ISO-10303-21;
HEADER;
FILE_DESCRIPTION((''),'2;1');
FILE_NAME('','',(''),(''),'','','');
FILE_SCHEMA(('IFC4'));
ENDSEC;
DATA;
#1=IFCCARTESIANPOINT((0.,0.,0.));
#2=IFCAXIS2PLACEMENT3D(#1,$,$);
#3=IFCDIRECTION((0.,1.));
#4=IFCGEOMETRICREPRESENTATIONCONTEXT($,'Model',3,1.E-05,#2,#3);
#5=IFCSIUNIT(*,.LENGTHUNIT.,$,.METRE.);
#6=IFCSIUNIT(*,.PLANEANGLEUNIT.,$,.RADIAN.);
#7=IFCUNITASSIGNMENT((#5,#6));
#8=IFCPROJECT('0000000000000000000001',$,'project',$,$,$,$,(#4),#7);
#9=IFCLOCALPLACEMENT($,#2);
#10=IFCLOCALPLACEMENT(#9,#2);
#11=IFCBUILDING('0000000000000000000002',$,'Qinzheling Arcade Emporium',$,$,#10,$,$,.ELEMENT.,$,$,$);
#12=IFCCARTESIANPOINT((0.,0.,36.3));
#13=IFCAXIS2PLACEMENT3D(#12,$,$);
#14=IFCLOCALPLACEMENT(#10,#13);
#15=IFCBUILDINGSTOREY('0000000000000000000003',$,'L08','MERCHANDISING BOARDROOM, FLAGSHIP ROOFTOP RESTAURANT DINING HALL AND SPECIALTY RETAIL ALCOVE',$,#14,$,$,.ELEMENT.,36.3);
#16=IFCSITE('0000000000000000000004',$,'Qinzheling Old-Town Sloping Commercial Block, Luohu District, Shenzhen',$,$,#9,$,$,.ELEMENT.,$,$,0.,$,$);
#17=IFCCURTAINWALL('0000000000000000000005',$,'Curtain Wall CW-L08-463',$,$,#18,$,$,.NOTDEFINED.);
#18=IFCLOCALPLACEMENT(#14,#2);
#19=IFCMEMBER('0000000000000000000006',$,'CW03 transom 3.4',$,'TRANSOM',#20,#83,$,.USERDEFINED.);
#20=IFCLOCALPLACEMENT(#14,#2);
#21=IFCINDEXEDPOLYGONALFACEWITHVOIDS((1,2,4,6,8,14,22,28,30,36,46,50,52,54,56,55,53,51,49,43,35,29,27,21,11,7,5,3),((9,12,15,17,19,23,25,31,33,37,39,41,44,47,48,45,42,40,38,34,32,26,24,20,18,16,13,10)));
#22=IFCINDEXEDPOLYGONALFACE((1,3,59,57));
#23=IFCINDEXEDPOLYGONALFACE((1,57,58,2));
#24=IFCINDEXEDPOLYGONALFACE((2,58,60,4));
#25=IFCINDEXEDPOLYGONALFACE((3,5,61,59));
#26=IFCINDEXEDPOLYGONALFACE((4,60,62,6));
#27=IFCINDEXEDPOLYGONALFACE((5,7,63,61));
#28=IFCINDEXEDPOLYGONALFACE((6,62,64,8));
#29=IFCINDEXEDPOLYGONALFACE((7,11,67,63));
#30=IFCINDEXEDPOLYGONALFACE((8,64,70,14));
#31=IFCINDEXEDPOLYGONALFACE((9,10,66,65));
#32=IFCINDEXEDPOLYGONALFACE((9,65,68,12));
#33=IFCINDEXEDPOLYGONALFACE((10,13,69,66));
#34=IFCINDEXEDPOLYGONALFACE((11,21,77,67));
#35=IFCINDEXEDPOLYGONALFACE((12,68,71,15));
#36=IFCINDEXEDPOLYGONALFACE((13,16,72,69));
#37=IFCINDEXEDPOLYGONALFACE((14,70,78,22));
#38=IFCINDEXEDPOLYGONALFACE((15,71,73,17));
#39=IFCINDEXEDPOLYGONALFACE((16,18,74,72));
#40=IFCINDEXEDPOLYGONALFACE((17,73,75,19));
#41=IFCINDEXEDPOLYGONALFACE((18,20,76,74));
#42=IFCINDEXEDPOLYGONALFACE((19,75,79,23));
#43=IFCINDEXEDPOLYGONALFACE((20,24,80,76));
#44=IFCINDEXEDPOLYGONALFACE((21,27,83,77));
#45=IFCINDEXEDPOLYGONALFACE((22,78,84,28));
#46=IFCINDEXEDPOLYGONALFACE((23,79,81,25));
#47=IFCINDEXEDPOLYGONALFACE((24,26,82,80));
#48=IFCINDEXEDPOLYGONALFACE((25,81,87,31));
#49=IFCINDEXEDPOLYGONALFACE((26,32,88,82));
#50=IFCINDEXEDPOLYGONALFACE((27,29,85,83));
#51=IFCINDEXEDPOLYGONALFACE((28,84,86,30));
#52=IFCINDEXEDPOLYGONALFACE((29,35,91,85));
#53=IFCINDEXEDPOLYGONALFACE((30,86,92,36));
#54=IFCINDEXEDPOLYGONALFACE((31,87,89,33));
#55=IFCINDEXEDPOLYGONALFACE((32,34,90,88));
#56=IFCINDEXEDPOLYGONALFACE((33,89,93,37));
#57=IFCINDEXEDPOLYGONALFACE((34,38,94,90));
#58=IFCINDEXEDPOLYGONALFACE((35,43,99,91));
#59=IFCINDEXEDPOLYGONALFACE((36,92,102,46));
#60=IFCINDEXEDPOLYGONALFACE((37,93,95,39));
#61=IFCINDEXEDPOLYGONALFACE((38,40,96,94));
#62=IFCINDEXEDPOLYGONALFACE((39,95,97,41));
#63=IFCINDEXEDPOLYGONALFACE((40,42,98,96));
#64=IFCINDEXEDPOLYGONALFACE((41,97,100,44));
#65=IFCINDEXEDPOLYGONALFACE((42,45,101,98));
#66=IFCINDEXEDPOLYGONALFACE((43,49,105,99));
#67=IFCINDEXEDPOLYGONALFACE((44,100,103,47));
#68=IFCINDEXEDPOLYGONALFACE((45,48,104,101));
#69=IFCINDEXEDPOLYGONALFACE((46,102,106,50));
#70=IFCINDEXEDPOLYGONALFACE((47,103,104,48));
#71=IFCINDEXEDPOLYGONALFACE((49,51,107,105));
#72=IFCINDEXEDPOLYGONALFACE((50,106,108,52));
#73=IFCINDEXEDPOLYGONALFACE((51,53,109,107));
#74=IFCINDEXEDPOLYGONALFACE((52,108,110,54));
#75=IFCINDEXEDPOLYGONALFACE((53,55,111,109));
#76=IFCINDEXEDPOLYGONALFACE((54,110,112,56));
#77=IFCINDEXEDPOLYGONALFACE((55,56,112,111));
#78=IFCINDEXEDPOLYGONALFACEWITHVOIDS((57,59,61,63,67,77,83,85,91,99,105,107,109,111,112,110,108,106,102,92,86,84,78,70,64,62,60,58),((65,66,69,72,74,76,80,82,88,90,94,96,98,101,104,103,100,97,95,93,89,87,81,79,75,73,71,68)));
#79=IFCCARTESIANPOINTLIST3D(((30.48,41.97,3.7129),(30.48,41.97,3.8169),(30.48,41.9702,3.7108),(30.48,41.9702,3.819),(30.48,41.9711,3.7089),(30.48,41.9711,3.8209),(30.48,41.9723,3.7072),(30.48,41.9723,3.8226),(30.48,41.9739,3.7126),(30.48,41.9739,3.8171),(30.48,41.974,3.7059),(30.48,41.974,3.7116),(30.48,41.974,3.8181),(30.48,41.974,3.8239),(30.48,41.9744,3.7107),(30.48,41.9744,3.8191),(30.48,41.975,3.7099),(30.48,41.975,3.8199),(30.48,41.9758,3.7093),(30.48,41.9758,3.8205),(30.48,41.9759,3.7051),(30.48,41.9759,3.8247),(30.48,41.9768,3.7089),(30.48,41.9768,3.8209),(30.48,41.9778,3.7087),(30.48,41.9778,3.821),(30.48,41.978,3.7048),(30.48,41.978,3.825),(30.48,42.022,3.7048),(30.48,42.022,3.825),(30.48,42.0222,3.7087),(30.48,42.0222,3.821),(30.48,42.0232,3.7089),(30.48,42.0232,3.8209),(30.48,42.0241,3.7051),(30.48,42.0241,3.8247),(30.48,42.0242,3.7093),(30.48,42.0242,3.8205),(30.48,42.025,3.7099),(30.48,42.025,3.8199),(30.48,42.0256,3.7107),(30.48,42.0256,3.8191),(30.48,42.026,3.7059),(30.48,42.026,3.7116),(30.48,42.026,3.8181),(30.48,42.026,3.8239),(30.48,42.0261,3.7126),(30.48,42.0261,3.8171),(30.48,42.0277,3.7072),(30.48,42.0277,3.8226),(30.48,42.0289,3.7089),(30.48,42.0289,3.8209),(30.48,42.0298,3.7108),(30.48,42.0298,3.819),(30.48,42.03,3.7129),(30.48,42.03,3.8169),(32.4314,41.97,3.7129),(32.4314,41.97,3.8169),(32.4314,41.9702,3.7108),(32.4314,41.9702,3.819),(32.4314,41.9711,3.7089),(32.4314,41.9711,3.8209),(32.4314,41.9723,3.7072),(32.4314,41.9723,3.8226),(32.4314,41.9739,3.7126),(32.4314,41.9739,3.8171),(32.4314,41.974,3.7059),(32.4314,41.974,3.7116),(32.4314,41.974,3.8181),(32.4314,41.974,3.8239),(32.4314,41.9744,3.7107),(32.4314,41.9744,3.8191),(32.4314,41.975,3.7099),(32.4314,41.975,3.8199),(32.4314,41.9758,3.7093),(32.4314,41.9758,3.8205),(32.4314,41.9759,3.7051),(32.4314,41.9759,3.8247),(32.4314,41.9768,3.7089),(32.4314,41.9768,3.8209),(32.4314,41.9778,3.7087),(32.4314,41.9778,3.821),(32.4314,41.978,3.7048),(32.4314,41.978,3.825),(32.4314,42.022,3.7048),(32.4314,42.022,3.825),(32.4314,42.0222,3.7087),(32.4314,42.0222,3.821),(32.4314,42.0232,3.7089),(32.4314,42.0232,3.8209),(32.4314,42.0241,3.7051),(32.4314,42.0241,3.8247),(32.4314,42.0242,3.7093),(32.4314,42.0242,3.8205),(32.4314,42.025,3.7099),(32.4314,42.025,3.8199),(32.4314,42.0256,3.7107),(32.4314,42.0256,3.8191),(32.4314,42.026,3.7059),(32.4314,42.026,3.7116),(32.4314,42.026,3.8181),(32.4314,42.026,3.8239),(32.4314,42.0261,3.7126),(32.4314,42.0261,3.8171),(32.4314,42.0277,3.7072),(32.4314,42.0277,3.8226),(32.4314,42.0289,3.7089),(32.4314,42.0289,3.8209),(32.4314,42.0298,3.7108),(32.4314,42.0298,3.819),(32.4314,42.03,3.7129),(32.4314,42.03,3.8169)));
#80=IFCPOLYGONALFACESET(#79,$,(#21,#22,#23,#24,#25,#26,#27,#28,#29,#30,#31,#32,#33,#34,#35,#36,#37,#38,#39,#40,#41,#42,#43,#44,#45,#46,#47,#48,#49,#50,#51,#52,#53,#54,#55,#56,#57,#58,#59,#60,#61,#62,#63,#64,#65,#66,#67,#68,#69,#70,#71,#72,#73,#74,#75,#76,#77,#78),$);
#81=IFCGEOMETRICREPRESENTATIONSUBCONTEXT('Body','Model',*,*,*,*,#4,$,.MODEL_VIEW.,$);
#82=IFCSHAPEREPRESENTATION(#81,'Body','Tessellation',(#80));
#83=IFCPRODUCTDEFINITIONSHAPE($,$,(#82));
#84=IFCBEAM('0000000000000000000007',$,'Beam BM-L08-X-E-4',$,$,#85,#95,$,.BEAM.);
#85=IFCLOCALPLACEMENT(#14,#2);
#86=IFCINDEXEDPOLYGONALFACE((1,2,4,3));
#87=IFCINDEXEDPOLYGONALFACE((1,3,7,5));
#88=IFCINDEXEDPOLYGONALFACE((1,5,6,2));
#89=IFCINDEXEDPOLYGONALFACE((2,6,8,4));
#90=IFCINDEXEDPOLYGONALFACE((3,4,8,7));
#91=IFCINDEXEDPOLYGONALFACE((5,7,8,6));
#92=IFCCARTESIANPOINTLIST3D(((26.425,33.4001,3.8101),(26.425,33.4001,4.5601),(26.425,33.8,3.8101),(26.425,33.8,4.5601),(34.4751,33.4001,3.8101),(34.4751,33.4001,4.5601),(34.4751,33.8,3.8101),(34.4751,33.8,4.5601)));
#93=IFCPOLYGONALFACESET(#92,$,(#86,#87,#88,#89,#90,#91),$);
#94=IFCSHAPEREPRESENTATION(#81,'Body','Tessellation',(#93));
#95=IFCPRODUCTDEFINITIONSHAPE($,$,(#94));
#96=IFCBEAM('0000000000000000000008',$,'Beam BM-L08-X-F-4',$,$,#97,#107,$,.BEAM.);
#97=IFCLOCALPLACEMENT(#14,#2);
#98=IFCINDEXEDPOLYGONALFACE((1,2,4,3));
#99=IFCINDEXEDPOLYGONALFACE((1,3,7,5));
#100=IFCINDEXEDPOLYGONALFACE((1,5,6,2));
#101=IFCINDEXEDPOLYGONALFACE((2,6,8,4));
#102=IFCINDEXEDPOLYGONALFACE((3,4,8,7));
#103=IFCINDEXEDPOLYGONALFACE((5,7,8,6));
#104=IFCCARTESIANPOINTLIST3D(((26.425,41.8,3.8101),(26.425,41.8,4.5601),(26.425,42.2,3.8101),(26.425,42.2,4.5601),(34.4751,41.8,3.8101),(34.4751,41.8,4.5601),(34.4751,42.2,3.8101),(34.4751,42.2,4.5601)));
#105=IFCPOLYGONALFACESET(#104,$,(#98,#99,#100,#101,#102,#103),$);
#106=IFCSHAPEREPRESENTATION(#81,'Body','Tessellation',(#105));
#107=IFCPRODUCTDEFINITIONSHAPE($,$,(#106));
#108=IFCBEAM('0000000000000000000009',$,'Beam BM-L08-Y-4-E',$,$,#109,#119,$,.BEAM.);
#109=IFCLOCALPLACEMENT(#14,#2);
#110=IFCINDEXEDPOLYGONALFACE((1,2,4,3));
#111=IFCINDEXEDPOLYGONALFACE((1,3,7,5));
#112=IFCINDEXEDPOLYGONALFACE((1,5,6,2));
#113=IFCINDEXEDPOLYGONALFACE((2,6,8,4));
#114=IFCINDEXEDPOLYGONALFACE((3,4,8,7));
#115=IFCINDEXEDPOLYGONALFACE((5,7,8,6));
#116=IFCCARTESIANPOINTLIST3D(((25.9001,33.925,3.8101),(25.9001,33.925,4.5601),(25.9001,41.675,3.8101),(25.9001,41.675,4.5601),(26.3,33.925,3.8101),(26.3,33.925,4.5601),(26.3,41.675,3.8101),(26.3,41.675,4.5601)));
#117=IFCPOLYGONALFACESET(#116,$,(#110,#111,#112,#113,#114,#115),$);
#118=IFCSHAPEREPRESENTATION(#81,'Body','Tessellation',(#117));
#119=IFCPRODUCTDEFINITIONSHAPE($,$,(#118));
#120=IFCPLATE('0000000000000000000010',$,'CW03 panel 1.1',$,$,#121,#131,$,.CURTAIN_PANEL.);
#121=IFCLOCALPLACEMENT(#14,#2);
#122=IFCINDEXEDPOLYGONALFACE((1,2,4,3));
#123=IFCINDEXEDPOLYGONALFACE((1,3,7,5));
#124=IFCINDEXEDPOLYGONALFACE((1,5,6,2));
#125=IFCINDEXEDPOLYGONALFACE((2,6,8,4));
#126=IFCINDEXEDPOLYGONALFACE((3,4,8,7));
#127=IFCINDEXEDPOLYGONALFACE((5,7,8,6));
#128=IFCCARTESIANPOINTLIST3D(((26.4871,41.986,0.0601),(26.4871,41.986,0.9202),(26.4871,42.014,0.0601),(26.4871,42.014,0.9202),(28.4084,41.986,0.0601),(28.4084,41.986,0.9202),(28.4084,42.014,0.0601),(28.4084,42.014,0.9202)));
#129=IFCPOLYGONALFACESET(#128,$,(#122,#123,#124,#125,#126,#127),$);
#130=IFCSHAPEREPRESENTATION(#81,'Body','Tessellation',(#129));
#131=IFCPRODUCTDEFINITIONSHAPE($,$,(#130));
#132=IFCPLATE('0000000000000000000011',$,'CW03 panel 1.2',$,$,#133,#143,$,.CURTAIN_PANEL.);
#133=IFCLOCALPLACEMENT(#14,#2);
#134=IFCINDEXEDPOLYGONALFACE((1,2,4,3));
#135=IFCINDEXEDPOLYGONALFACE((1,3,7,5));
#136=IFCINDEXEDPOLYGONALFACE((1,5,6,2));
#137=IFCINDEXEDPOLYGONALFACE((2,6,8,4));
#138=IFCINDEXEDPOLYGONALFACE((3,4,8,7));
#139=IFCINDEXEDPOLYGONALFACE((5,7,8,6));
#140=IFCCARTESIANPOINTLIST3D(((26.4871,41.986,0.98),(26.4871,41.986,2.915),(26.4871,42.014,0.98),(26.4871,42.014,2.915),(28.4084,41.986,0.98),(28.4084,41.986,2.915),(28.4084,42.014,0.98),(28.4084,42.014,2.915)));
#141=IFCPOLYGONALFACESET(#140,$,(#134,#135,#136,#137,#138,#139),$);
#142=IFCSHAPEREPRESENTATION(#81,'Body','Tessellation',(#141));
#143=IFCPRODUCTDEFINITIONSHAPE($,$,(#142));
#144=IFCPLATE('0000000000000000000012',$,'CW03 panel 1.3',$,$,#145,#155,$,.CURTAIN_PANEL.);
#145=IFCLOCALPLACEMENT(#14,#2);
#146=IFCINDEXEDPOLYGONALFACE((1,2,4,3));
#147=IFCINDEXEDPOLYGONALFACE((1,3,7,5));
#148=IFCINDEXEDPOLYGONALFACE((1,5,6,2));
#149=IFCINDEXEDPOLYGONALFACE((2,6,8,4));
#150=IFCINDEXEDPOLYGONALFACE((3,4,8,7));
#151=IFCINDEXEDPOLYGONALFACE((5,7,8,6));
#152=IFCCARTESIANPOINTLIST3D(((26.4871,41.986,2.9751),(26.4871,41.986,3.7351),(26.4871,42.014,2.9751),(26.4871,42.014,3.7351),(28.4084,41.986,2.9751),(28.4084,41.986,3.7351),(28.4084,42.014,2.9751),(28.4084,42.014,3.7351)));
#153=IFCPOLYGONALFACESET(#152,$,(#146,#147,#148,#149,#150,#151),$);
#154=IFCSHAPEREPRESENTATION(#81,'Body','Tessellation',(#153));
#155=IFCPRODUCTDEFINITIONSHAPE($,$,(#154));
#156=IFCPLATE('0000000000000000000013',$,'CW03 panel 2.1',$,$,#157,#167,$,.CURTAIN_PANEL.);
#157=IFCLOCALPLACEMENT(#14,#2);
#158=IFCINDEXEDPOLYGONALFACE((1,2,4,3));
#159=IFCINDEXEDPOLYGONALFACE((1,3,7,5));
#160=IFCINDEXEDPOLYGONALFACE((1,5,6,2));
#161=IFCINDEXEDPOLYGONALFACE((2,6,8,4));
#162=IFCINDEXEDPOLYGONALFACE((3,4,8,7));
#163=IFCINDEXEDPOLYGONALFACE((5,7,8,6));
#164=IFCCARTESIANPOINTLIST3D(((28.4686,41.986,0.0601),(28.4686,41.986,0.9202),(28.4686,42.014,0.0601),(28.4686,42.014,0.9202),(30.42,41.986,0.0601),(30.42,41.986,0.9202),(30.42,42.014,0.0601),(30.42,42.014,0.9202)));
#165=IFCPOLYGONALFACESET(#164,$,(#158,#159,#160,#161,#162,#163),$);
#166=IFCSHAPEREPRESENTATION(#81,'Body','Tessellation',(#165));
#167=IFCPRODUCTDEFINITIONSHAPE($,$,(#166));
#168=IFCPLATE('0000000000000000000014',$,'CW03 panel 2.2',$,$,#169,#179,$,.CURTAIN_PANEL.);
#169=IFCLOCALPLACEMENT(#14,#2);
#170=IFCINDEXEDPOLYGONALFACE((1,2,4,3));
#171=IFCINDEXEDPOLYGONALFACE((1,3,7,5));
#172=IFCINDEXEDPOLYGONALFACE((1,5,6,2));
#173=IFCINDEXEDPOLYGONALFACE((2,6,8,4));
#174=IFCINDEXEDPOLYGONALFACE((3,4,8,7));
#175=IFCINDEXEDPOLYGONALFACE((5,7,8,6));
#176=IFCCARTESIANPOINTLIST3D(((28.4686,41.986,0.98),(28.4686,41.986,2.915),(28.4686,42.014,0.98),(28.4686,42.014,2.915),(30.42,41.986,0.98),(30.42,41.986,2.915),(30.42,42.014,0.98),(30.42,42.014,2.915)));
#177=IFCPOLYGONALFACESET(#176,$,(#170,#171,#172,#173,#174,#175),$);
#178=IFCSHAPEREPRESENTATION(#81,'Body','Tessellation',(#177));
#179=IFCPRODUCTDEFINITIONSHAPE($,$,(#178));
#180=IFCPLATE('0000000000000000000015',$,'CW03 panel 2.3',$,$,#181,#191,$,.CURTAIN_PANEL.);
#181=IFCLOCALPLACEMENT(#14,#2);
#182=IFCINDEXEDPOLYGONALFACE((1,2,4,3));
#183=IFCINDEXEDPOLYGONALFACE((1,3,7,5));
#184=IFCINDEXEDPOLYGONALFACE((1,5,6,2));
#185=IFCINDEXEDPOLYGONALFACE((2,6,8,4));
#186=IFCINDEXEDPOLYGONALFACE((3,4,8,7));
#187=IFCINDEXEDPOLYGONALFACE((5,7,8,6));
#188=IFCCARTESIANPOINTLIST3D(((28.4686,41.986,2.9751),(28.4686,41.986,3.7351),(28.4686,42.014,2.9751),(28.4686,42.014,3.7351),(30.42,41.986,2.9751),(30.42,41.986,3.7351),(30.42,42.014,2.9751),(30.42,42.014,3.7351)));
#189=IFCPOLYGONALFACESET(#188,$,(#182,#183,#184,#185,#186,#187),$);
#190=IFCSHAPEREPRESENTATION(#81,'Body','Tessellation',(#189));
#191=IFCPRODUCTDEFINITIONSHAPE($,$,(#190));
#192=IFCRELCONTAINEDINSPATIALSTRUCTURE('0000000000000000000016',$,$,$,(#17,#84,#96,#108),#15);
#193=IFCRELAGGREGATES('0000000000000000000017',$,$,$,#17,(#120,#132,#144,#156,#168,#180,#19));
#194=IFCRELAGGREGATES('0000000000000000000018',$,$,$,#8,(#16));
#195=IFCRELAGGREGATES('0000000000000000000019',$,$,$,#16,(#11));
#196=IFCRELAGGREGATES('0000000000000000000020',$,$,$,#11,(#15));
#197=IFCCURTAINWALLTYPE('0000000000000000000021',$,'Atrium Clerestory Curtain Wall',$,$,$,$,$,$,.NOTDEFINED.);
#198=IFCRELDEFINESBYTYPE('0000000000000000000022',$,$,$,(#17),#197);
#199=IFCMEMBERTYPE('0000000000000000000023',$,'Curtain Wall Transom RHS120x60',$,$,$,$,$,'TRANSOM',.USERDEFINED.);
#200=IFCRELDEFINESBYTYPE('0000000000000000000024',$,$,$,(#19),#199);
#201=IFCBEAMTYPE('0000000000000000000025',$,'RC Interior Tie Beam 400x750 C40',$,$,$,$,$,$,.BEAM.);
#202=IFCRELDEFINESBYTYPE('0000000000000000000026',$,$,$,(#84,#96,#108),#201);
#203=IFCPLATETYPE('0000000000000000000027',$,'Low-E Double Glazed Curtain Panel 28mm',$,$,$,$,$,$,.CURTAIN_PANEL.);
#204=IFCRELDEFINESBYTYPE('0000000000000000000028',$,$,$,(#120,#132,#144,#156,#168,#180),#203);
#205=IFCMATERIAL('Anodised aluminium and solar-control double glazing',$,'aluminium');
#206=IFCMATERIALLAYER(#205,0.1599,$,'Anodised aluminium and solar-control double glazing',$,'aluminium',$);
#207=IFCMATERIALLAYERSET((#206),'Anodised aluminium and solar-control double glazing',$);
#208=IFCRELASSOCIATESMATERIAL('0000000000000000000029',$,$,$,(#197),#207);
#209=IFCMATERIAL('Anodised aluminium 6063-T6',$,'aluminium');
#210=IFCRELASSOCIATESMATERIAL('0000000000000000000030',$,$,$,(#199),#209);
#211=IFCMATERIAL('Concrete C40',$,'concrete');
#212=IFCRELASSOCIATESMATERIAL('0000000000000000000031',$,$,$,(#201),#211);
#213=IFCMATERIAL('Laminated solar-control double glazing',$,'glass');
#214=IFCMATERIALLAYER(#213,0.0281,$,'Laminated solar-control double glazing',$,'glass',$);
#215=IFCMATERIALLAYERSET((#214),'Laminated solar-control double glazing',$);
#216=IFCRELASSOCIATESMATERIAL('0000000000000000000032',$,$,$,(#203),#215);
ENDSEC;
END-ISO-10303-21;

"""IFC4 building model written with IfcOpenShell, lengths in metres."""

from ifc_helpers import new_model, si_unit, direction, frame, origin, origin_2d, place, context, subcontext, project, spatial, rectangle, hollow_rectangle, extrude, material, layer, layer_set, material_profile, profile_set, type_object, element, aggregate, save


model = new_model("IFC4")

# Units and contexts
model_context = context("Model", 3, precision=1e-05, world=origin(), true_north=direction((0.0, 1.0)))
body_context = subcontext(model_context, "Body", "Model", "MODEL_VIEW")
ifc_project = project(units=[si_unit("LENGTHUNIT", "METRE"), si_unit("PLANEANGLEUNIT", "RADIAN")], contexts=[model_context])

# Site, building, storey
site_placement = place(None, origin())
site = spatial("IfcSite", under=ifc_project, at=site_placement, Name="Qinzheling Old-Town Sloping Commercial Block, Luohu District, Shenzhen", CompositionType="ELEMENT", RefElevation=0.0)
building_placement = place(site_placement, origin())
building = spatial("IfcBuilding", under=site, at=building_placement, Name="Qinzheling Arcade Emporium", CompositionType="ELEMENT")
storey_placement = place(building_placement, frame((0.0, 0.0, 36.3)))
storey = spatial("IfcBuildingStorey", under=building, at=storey_placement, Name="L08", Description="MERCHANDISING BOARDROOM, FLAGSHIP ROOFTOP RESTAURANT DINING HALL AND SPECIALTY RETAIL ALCOVE", CompositionType="ELEMENT", Elevation=36.3)

# Shared definitions
ifc_material_1 = material(Name="Concrete C40", Category="concrete")

# Curtain wall, member
ifc_material_2 = material(Name="Anodised aluminium and solar-control double glazing", Category="aluminium")
ifc_layer_1 = layer(ifc_material_2, 0.1599, Name="Anodised aluminium and solar-control double glazing", Category="aluminium")
ifc_layer_set_1 = layer_set([ifc_layer_1], Name="Anodised aluminium and solar-control double glazing")
curtain_wall_type = type_object("IfcCurtainWallType", Name="Atrium Clerestory Curtain Wall", PredefinedType="NOTDEFINED", material=ifc_layer_set_1)
curtain_wall_placement = place(storey_placement, origin())
curtain_wall = element("IfcCurtainWall", 1, at=curtain_wall_placement, inside=storey, type_object=curtain_wall_type, Name="Curtain Wall CW-L08-463", PredefinedType="NOTDEFINED")
ifc_material_3 = material(Name="Anodised aluminium 6063-T6", Category="aluminium")
ifc_material_profile_1 = material_profile(ifc_material_3, hollow_rectangle(XDim=0.0601, YDim=0.1201, WallThickness=0.0039, InnerFilletRadius=0.0039, OuterFilletRadius=0.0081, at=origin_2d()), Name="RHS 120x60x4", Category="aluminium")
ifc_profile_set_1 = profile_set([ifc_material_profile_1], Name="Anodised aluminium 6063-T6")
member_type_1 = type_object("IfcMemberType", Name="Curtain Wall Transom RHS120x60", ElementType="TRANSOM", PredefinedType="USERDEFINED", material=ifc_profile_set_1)
member_1_placement = place(storey_placement, frame((30.48, 42.0, 3.7649), z_axis=(1.0, 0.0, 0.0), x_axis=(0.0, 1.0, 0.0)))
member_1 = element("IfcMember", 2, at=member_1_placement, type_object=member_type_1, Name="CW03 transom 3.4", ObjectType="TRANSOM", PredefinedType="USERDEFINED", context=body_context, shape_type="SweptSolid", body=[
    extrude(hollow_rectangle(XDim=0.0601, YDim=0.1201, WallThickness=0.0039, InnerFilletRadius=0.0039, OuterFilletRadius=0.0081, at=origin_2d()), origin(), (0.0, 0.0, 1.0), 1.9514),
])

# Beams
ifc_material_profile_2 = material_profile(ifc_material_1, rectangle(XDim=0.3999, YDim=0.75, at=origin_2d()), Name="RC 400x750", Category="concrete")
ifc_profile_set_2 = profile_set([ifc_material_profile_2], Name="Concrete C40")
beam_type = type_object("IfcBeamType", Name="RC Interior Tie Beam 400x750 C40", PredefinedType="BEAM", material=ifc_profile_set_2)
for number, where, z_axis, x_axis, name in (
    (3, (26.425, 33.6001, 4.1851), (1.0, 0.0, 0.0), (0.0, 1.0, 0.0), "Beam BM-L08-X-E-4"),
    (4, (26.425, 42.0, 4.1851), (1.0, 0.0, 0.0), (0.0, 1.0, 0.0), "Beam BM-L08-X-F-4"),
):
    element("IfcBeam", number, at=place(storey_placement, frame(where, z_axis=z_axis, x_axis=x_axis)), inside=storey, type_object=beam_type, Name=name, PredefinedType="BEAM", context=body_context, shape_type="SweptSolid", body=[
        extrude(rectangle(XDim=0.3999, YDim=0.75, at=origin_2d()), origin(), (0.0, 0.0, 1.0), 8.05),
    ])
beam_placement = place(storey_placement, frame((26.1001, 33.925, 4.1851), z_axis=(0.0, 1.0, 0.0), x_axis=(-1.0, 0.0, 0.0)))
element("IfcBeam", 5, at=beam_placement, inside=storey, type_object=beam_type, Name="Beam BM-L08-Y-4-E", PredefinedType="BEAM", context=body_context, shape_type="SweptSolid", body=[
    extrude(rectangle(XDim=0.3999, YDim=0.75, at=origin_2d()), origin(), (0.0, 0.0, 1.0), 7.75),
])

# Plates
ifc_material_4 = material(Name="Laminated solar-control double glazing", Category="glass")
ifc_layer_2 = layer(ifc_material_4, 0.0281, Name="Laminated solar-control double glazing", Category="glass")
ifc_layer_set_2 = layer_set([ifc_layer_2], Name="Laminated solar-control double glazing")
plate_type = type_object("IfcPlateType", Name="Low-E Double Glazed Curtain Panel 28mm", PredefinedType="CURTAIN_PANEL", material=ifc_layer_set_2)
plate_1_placement = place(storey_placement, frame((27.4478, 42.0, 0.0601), z_axis=(0.0, 0.0, 1.0), x_axis=(1.0, 0.0, 0.0)))
plate_1 = element("IfcPlate", 6, at=plate_1_placement, type_object=plate_type, Name="CW03 panel 1.1", PredefinedType="CURTAIN_PANEL", context=body_context, shape_type="SweptSolid", body=[
    extrude(rectangle(XDim=1.9214, YDim=0.0281, at=origin_2d()), origin(), (0.0, 0.0, 1.0), 0.8601),
])
plate_2_placement = place(storey_placement, frame((27.4478, 42.0, 0.98), z_axis=(0.0, 0.0, 1.0), x_axis=(1.0, 0.0, 0.0)))
plate_2 = element("IfcPlate", 7, at=plate_2_placement, type_object=plate_type, Name="CW03 panel 1.2", PredefinedType="CURTAIN_PANEL", context=body_context, shape_type="SweptSolid", body=[
    extrude(rectangle(XDim=1.9214, YDim=0.0281, at=origin_2d()), origin(), (0.0, 0.0, 1.0), 1.9351),
])
plate_3_placement = place(storey_placement, frame((27.4478, 42.0, 2.9751), z_axis=(0.0, 0.0, 1.0), x_axis=(1.0, 0.0, 0.0)))
plate_3 = element("IfcPlate", 8, at=plate_3_placement, type_object=plate_type, Name="CW03 panel 1.3", PredefinedType="CURTAIN_PANEL", context=body_context, shape_type="SweptSolid", body=[
    extrude(rectangle(XDim=1.9214, YDim=0.0281, at=origin_2d()), origin(), (0.0, 0.0, 1.0), 0.76),
])
plate_4_placement = place(storey_placement, frame((29.4443, 42.0, 0.0601), z_axis=(0.0, 0.0, 1.0), x_axis=(1.0, 0.0, 0.0)))
plate_4 = element("IfcPlate", 9, at=plate_4_placement, type_object=plate_type, Name="CW03 panel 2.1", PredefinedType="CURTAIN_PANEL", context=body_context, shape_type="SweptSolid", body=[
    extrude(rectangle(XDim=1.9514, YDim=0.0281, at=origin_2d()), origin(), (0.0, 0.0, 1.0), 0.8601),
])
plate_5_placement = place(storey_placement, frame((29.4443, 42.0, 0.98), z_axis=(0.0, 0.0, 1.0), x_axis=(1.0, 0.0, 0.0)))
plate_5 = element("IfcPlate", 10, at=plate_5_placement, type_object=plate_type, Name="CW03 panel 2.2", PredefinedType="CURTAIN_PANEL", context=body_context, shape_type="SweptSolid", body=[
    extrude(rectangle(XDim=1.9514, YDim=0.0281, at=origin_2d()), origin(), (0.0, 0.0, 1.0), 1.9351),
])
plate_6_placement = place(storey_placement, frame((29.4443, 42.0, 2.9751), z_axis=(0.0, 0.0, 1.0), x_axis=(1.0, 0.0, 0.0)))
plate_6 = element("IfcPlate", 11, at=plate_6_placement, type_object=plate_type, Name="CW03 panel 2.3", PredefinedType="CURTAIN_PANEL", context=body_context, shape_type="SweptSolid", body=[
    extrude(rectangle(XDim=1.9514, YDim=0.0281, at=origin_2d()), origin(), (0.0, 0.0, 1.0), 0.76),
])
aggregate(curtain_wall, [plate_1, plate_2, plate_3, plate_4, plate_5, plate_6, member_1])

save(model, "model.ifc")
